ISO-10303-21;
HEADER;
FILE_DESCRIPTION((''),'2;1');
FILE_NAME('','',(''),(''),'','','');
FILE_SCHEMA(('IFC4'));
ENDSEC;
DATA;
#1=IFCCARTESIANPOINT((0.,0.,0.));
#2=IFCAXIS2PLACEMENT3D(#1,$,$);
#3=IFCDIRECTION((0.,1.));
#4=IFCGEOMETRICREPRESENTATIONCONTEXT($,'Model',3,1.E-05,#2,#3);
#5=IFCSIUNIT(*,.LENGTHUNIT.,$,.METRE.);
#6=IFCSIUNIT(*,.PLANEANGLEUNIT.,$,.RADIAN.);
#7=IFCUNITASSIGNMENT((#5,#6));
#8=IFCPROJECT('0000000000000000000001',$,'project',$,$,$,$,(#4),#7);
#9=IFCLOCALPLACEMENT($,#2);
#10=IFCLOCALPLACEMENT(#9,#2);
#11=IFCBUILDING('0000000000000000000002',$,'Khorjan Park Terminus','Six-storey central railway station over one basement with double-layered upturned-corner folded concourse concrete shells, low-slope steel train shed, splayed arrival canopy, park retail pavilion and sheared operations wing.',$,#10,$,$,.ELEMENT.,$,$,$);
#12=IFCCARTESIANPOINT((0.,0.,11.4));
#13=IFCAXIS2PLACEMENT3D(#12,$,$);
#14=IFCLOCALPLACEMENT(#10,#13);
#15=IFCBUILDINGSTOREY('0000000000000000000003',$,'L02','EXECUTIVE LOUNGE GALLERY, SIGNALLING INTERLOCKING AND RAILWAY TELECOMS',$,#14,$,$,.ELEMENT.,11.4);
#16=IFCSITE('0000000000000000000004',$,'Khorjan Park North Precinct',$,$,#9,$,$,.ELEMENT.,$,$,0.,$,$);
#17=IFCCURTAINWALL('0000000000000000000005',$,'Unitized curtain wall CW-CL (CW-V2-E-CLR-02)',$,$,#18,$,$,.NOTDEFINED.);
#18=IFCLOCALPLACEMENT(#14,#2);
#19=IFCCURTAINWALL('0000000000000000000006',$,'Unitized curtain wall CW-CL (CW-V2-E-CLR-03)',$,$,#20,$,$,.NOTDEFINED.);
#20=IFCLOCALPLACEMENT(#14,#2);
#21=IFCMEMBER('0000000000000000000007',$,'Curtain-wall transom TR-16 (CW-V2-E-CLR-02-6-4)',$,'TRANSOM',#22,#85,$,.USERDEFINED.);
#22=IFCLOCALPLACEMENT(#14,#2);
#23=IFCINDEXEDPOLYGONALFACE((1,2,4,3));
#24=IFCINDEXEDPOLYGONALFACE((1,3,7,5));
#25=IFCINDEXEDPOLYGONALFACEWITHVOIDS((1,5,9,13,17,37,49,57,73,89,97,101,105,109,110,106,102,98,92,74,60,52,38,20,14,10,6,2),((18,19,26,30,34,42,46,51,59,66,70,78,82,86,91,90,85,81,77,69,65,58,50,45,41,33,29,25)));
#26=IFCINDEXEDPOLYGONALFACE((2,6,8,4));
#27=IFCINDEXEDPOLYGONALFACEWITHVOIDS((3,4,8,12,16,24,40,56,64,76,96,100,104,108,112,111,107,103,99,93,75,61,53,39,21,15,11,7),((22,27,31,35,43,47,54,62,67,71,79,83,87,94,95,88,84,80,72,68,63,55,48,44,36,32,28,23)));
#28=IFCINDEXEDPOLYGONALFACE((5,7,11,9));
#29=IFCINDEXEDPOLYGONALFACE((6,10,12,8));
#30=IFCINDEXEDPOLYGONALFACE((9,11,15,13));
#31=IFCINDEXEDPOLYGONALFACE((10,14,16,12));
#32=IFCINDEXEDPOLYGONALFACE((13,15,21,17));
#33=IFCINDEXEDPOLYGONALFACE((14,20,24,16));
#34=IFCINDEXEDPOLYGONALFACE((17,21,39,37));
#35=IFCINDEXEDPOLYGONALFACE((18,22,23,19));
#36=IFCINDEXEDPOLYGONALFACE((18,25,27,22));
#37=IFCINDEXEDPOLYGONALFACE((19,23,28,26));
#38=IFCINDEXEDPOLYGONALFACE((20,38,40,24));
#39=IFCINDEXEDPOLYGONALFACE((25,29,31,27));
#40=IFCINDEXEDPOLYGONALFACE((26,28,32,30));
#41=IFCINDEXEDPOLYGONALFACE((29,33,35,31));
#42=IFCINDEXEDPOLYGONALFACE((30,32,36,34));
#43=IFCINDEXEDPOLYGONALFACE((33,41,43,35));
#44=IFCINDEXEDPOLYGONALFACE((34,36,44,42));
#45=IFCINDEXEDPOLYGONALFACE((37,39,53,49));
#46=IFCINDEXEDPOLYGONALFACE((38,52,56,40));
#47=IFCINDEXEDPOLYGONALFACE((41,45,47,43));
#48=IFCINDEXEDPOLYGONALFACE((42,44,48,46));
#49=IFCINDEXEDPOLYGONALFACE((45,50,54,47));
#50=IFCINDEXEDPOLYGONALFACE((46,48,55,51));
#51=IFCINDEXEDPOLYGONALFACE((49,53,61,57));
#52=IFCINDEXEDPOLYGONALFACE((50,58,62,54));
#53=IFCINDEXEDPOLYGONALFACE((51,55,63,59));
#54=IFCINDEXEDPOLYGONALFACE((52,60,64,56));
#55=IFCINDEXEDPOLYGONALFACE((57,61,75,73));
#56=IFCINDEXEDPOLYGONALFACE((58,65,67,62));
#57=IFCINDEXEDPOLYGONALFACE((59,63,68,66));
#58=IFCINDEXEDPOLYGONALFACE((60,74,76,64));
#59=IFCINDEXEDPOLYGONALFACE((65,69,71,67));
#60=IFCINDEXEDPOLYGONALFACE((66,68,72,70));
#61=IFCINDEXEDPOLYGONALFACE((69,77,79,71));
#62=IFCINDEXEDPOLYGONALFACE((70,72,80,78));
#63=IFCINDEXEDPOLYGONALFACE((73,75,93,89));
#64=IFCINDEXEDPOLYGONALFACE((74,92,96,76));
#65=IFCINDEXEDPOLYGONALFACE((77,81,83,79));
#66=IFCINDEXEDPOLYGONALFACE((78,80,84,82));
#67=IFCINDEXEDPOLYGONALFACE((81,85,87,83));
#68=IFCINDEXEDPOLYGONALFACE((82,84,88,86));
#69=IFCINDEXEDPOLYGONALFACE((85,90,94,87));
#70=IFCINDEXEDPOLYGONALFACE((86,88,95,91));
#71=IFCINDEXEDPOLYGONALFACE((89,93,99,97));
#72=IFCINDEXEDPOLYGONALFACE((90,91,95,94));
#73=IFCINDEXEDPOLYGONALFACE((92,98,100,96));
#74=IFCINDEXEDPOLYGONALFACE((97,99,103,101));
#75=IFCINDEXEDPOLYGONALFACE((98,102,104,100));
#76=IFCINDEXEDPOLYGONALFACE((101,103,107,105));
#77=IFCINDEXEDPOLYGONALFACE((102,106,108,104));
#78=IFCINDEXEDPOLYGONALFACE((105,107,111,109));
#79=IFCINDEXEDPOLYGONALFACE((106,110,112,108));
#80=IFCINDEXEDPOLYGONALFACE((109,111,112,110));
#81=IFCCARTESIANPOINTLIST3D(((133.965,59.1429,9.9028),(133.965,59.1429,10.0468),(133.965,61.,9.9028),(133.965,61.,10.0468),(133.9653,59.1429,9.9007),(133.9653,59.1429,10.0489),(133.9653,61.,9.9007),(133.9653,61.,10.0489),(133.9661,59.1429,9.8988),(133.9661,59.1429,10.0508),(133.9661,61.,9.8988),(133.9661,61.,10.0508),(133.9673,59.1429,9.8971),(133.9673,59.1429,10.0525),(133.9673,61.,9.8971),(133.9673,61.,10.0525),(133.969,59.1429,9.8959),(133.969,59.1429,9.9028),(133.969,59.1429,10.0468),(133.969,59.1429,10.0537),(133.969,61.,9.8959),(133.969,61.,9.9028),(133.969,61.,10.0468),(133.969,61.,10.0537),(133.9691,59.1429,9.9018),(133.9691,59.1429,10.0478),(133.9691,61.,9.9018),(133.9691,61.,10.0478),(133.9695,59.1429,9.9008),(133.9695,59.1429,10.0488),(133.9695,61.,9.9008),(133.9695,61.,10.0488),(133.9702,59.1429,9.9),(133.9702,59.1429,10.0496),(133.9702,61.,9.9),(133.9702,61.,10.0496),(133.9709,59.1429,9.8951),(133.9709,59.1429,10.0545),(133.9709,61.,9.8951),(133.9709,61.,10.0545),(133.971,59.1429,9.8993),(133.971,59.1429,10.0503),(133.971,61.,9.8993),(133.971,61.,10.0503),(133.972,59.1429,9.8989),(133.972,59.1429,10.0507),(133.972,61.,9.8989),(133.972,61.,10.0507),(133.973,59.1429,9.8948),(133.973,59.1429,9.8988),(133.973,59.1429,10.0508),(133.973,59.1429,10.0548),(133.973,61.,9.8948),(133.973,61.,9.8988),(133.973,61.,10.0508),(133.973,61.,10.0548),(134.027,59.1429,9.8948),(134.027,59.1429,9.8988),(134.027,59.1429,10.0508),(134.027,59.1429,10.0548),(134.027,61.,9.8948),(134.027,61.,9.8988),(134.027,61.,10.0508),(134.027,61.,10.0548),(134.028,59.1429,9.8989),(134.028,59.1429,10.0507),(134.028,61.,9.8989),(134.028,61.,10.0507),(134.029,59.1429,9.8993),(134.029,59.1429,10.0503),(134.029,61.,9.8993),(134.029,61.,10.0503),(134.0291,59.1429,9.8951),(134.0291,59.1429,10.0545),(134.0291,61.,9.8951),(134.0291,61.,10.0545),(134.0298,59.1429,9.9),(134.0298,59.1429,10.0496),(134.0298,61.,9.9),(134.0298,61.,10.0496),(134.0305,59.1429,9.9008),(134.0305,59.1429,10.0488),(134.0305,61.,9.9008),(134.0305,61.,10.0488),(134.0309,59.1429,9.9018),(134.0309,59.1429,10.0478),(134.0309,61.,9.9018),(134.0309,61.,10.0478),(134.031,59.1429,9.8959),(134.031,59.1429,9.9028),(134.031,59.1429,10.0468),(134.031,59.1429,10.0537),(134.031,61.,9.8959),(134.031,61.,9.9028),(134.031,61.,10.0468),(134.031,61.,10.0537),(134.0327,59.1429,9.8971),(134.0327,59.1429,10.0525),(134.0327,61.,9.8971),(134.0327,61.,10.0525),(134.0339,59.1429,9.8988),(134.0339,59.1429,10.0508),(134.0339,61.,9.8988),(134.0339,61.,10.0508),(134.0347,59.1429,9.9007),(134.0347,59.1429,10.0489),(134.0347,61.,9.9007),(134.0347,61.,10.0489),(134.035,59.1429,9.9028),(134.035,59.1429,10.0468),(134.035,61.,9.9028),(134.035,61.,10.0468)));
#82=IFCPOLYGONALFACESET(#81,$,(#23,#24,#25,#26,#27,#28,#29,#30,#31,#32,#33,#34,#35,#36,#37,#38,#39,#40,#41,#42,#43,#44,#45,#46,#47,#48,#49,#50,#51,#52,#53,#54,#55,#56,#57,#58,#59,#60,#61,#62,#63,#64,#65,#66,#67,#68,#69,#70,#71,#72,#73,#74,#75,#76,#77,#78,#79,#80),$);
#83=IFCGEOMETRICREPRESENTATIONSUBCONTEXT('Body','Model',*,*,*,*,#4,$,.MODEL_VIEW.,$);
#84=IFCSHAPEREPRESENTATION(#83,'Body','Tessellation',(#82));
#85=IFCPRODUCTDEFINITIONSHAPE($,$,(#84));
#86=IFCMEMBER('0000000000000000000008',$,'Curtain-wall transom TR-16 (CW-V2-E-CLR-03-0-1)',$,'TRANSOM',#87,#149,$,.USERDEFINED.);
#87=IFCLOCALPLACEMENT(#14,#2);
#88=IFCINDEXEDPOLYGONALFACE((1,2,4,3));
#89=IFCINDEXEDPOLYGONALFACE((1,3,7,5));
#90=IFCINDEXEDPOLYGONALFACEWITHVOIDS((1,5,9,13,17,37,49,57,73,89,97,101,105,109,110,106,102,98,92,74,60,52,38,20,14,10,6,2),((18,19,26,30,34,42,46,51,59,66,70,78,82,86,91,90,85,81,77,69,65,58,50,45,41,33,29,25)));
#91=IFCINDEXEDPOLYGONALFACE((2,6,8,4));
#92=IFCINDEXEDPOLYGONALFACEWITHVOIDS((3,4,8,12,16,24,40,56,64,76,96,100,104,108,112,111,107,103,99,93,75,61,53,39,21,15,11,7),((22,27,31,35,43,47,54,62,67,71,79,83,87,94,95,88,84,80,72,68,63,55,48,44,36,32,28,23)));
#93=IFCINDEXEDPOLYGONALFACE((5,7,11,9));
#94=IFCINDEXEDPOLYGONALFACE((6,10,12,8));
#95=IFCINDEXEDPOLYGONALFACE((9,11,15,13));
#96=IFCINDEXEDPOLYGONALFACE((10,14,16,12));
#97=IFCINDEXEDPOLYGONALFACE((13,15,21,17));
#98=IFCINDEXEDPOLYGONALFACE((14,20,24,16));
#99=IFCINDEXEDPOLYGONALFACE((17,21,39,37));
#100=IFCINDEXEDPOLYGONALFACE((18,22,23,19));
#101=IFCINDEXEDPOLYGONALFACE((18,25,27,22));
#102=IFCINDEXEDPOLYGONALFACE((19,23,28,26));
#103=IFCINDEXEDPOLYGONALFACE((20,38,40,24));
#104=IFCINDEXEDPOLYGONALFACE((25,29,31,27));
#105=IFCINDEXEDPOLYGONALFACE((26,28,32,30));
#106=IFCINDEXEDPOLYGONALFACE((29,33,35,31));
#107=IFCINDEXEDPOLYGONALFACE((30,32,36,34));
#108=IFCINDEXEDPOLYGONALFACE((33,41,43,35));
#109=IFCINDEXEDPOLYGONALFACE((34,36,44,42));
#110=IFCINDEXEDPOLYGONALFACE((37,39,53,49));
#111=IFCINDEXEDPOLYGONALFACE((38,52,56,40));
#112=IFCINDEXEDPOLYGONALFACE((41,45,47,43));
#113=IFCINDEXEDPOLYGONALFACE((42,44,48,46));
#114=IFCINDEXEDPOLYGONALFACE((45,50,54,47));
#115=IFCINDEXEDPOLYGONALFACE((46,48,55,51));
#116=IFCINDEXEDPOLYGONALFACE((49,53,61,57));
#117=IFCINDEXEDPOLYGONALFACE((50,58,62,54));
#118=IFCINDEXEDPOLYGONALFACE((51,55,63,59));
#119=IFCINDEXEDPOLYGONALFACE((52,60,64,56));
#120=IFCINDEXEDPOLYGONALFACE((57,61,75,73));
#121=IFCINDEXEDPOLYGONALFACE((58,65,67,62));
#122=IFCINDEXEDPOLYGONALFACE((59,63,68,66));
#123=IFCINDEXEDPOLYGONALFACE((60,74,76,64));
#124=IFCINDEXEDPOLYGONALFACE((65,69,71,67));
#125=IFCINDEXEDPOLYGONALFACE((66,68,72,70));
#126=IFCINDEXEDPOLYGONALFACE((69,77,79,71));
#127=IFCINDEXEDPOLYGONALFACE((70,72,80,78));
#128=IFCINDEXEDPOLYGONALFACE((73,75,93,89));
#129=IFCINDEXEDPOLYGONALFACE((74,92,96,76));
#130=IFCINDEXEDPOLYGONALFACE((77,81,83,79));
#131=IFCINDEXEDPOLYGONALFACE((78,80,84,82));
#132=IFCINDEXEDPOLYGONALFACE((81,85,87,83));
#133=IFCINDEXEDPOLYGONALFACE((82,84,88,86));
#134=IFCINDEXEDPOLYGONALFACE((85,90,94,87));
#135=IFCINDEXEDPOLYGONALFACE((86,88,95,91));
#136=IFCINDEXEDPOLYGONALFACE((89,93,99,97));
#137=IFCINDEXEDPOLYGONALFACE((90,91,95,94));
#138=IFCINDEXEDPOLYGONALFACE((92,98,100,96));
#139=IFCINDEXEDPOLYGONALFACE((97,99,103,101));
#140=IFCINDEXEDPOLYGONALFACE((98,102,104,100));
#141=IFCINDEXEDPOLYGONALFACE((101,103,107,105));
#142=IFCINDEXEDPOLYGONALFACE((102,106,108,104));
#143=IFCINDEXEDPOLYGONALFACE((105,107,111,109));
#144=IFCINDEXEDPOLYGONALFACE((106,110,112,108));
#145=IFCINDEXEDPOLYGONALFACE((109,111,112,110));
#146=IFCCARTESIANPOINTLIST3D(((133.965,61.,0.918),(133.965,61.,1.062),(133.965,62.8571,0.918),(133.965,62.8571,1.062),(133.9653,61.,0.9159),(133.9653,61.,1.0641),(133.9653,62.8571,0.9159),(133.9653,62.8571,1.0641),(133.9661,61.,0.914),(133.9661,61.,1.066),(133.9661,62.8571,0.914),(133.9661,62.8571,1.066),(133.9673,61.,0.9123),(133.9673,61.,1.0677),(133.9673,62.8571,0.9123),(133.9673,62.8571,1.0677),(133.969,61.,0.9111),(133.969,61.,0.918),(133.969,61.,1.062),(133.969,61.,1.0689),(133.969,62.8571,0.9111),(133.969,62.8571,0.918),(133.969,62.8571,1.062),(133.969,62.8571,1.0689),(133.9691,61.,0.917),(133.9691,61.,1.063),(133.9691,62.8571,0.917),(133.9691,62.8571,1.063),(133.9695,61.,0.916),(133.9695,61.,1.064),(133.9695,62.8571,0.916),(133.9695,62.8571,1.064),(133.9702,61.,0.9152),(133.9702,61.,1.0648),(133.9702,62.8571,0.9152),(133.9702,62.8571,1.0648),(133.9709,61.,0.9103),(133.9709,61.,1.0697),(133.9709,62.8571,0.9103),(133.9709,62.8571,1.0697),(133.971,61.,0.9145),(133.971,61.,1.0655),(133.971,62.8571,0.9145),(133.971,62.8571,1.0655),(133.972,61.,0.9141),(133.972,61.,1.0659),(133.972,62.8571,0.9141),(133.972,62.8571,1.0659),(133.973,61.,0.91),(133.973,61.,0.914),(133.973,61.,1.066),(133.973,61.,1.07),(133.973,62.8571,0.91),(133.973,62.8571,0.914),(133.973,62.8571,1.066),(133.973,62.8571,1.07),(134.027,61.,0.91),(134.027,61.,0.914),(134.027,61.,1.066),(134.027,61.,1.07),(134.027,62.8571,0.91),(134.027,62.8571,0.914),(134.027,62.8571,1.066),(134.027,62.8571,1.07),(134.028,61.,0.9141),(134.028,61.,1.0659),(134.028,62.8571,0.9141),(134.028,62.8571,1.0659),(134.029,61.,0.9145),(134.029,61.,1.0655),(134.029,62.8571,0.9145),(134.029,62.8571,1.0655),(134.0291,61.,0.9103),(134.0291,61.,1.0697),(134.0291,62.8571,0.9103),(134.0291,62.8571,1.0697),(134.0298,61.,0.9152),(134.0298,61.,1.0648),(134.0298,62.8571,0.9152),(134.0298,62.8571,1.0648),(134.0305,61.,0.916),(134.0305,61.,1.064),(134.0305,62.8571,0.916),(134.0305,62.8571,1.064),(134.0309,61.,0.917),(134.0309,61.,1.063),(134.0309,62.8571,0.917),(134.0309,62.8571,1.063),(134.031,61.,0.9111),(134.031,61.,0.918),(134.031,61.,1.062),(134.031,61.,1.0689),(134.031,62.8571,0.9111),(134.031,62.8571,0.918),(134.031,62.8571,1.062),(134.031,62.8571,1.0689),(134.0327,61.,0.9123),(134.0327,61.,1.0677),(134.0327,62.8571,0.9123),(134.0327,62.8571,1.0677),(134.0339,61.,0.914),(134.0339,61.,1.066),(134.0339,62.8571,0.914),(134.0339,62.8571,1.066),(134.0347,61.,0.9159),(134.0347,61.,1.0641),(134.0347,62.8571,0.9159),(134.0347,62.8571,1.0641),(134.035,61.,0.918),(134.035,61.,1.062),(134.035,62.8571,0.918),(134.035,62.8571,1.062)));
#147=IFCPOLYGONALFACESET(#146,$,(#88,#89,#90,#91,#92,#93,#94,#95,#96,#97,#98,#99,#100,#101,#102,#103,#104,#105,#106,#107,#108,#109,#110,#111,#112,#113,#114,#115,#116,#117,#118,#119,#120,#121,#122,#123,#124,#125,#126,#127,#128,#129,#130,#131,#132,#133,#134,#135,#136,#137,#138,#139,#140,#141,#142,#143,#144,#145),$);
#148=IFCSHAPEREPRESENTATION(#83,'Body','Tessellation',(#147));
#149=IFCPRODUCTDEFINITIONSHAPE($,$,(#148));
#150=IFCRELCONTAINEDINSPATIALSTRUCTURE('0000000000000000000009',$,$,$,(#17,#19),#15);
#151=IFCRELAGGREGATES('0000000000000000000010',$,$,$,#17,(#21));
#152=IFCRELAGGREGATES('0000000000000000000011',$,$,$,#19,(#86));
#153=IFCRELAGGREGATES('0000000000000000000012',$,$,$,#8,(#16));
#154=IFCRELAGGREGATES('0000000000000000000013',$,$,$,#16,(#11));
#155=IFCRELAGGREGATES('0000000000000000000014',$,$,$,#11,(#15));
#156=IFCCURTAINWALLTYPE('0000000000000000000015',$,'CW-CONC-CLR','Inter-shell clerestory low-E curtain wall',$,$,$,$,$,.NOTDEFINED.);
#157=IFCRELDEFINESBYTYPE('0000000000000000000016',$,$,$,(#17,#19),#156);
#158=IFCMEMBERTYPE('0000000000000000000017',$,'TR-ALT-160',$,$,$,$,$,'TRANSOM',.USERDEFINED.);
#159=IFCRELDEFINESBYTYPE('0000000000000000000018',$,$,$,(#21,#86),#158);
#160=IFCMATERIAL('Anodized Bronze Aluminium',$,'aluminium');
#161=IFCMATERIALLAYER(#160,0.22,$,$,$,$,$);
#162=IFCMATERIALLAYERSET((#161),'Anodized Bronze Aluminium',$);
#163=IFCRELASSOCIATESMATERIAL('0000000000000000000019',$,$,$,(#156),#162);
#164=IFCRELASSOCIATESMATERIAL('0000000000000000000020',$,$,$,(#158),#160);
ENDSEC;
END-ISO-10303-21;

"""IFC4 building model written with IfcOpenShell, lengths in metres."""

from ifc_helpers import new_model, si_unit, direction, frame, origin, origin_2d, place, context, subcontext, project, spatial, hollow_rectangle, extrude, material, layer, layer_set, material_profile, profile_set, type_object, element, aggregate, save


model = new_model("IFC4")

# Units and contexts
model_context = context("Model", 3, precision=1e-05, world=origin(), true_north=direction((0.0, 1.0)))
body_context = subcontext(model_context, "Body", "Model", "MODEL_VIEW")
ifc_project = project(units=[si_unit("LENGTHUNIT", "METRE"), si_unit("PLANEANGLEUNIT", "RADIAN")], contexts=[model_context])

# Site, building, storey
site_placement = place(None, origin())
site = spatial("IfcSite", under=ifc_project, at=site_placement, Name="Khorjan Park North Precinct", CompositionType="ELEMENT", RefElevation=0.0)
building_placement = place(site_placement, origin())
building = spatial("IfcBuilding", under=site, at=building_placement, Name="Khorjan Park Terminus", Description="Six-storey central railway station over one basement with double-layered upturned-corner folded concourse concrete shells, low-slope steel train shed, splayed arrival canopy, park retail pavilion and sheared operations wing.", CompositionType="ELEMENT")
storey_placement = place(building_placement, frame((0.0, 0.0, 11.4)))
storey = spatial("IfcBuildingStorey", under=building, at=storey_placement, Name="L02", Description="EXECUTIVE LOUNGE GALLERY, SIGNALLING INTERLOCKING AND RAILWAY TELECOMS", CompositionType="ELEMENT", Elevation=11.4)

# Curtain wall
ifc_material_1 = material(Name="Anodized Bronze Aluminium", Category="aluminium")
ifc_layer_1 = layer(ifc_material_1, 0.22)
ifc_layer_set_1 = layer_set([ifc_layer_1], Name="Anodized Bronze Aluminium")
curtain_wall_type = type_object("IfcCurtainWallType", Name="CW-CONC-CLR", Description="Inter-shell clerestory low-E curtain wall", PredefinedType="NOTDEFINED", material=ifc_layer_set_1)
curtain_wall_1_placement = place(storey_placement, origin())
curtain_wall_1 = element("IfcCurtainWall", 1, at=curtain_wall_1_placement, inside=storey, type_object=curtain_wall_type, Name="Unitized curtain wall CW-CL (CW-V2-E-CLR-02)", PredefinedType="NOTDEFINED")

# Curtain wall
curtain_wall_2_placement = place(storey_placement, origin())
curtain_wall_2 = element("IfcCurtainWall", 2, at=curtain_wall_2_placement, inside=storey, type_object=curtain_wall_type, Name="Unitized curtain wall CW-CL (CW-V2-E-CLR-03)", PredefinedType="NOTDEFINED")

# Members
ifc_material_profile_1 = material_profile(ifc_material_1, hollow_rectangle(XDim=0.07, YDim=0.16, WallThickness=0.004, InnerFilletRadius=0.004, OuterFilletRadius=0.008, at=origin_2d()), Name="ALT 70x160x4")
ifc_profile_set_1 = profile_set([ifc_material_profile_1], Name="Anodized Bronze Aluminium")
member_type_1 = type_object("IfcMemberType", Name="TR-ALT-160", ElementType="TRANSOM", PredefinedType="USERDEFINED", material=ifc_profile_set_1)
member_1_placement = place(storey_placement, frame((134.0, 59.1429, 9.9748), z_axis=(0.0, 1.0, 0.0), x_axis=(-1.0, 0.0, 0.0)))
member_1 = element("IfcMember", 3, at=member_1_placement, type_object=member_type_1, Name="Curtain-wall transom TR-16 (CW-V2-E-CLR-02-6-4)", ObjectType="TRANSOM", PredefinedType="USERDEFINED", context=body_context, shape_type="SweptSolid", body=[
    extrude(hollow_rectangle(XDim=0.07, YDim=0.16, WallThickness=0.004, InnerFilletRadius=0.004, OuterFilletRadius=0.008, at=origin_2d()), origin(), (0.0, 0.0, 1.0), 1.8571),
])
member_2_placement = place(storey_placement, frame((134.0, 61.0, 0.99), z_axis=(0.0, 1.0, 0.0), x_axis=(-1.0, 0.0, 0.0)))
member_2 = element("IfcMember", 4, at=member_2_placement, type_object=member_type_1, Name="Curtain-wall transom TR-16 (CW-V2-E-CLR-03-0-1)", ObjectType="TRANSOM", PredefinedType="USERDEFINED", context=body_context, shape_type="SweptSolid", body=[
    extrude(hollow_rectangle(XDim=0.07, YDim=0.16, WallThickness=0.004, InnerFilletRadius=0.004, OuterFilletRadius=0.008, at=origin_2d()), origin(), (0.0, 0.0, 1.0), 1.8571),
])

aggregate(curtain_wall_1, [member_1])
aggregate(curtain_wall_2, [member_2])

save(model, "model.ifc")
